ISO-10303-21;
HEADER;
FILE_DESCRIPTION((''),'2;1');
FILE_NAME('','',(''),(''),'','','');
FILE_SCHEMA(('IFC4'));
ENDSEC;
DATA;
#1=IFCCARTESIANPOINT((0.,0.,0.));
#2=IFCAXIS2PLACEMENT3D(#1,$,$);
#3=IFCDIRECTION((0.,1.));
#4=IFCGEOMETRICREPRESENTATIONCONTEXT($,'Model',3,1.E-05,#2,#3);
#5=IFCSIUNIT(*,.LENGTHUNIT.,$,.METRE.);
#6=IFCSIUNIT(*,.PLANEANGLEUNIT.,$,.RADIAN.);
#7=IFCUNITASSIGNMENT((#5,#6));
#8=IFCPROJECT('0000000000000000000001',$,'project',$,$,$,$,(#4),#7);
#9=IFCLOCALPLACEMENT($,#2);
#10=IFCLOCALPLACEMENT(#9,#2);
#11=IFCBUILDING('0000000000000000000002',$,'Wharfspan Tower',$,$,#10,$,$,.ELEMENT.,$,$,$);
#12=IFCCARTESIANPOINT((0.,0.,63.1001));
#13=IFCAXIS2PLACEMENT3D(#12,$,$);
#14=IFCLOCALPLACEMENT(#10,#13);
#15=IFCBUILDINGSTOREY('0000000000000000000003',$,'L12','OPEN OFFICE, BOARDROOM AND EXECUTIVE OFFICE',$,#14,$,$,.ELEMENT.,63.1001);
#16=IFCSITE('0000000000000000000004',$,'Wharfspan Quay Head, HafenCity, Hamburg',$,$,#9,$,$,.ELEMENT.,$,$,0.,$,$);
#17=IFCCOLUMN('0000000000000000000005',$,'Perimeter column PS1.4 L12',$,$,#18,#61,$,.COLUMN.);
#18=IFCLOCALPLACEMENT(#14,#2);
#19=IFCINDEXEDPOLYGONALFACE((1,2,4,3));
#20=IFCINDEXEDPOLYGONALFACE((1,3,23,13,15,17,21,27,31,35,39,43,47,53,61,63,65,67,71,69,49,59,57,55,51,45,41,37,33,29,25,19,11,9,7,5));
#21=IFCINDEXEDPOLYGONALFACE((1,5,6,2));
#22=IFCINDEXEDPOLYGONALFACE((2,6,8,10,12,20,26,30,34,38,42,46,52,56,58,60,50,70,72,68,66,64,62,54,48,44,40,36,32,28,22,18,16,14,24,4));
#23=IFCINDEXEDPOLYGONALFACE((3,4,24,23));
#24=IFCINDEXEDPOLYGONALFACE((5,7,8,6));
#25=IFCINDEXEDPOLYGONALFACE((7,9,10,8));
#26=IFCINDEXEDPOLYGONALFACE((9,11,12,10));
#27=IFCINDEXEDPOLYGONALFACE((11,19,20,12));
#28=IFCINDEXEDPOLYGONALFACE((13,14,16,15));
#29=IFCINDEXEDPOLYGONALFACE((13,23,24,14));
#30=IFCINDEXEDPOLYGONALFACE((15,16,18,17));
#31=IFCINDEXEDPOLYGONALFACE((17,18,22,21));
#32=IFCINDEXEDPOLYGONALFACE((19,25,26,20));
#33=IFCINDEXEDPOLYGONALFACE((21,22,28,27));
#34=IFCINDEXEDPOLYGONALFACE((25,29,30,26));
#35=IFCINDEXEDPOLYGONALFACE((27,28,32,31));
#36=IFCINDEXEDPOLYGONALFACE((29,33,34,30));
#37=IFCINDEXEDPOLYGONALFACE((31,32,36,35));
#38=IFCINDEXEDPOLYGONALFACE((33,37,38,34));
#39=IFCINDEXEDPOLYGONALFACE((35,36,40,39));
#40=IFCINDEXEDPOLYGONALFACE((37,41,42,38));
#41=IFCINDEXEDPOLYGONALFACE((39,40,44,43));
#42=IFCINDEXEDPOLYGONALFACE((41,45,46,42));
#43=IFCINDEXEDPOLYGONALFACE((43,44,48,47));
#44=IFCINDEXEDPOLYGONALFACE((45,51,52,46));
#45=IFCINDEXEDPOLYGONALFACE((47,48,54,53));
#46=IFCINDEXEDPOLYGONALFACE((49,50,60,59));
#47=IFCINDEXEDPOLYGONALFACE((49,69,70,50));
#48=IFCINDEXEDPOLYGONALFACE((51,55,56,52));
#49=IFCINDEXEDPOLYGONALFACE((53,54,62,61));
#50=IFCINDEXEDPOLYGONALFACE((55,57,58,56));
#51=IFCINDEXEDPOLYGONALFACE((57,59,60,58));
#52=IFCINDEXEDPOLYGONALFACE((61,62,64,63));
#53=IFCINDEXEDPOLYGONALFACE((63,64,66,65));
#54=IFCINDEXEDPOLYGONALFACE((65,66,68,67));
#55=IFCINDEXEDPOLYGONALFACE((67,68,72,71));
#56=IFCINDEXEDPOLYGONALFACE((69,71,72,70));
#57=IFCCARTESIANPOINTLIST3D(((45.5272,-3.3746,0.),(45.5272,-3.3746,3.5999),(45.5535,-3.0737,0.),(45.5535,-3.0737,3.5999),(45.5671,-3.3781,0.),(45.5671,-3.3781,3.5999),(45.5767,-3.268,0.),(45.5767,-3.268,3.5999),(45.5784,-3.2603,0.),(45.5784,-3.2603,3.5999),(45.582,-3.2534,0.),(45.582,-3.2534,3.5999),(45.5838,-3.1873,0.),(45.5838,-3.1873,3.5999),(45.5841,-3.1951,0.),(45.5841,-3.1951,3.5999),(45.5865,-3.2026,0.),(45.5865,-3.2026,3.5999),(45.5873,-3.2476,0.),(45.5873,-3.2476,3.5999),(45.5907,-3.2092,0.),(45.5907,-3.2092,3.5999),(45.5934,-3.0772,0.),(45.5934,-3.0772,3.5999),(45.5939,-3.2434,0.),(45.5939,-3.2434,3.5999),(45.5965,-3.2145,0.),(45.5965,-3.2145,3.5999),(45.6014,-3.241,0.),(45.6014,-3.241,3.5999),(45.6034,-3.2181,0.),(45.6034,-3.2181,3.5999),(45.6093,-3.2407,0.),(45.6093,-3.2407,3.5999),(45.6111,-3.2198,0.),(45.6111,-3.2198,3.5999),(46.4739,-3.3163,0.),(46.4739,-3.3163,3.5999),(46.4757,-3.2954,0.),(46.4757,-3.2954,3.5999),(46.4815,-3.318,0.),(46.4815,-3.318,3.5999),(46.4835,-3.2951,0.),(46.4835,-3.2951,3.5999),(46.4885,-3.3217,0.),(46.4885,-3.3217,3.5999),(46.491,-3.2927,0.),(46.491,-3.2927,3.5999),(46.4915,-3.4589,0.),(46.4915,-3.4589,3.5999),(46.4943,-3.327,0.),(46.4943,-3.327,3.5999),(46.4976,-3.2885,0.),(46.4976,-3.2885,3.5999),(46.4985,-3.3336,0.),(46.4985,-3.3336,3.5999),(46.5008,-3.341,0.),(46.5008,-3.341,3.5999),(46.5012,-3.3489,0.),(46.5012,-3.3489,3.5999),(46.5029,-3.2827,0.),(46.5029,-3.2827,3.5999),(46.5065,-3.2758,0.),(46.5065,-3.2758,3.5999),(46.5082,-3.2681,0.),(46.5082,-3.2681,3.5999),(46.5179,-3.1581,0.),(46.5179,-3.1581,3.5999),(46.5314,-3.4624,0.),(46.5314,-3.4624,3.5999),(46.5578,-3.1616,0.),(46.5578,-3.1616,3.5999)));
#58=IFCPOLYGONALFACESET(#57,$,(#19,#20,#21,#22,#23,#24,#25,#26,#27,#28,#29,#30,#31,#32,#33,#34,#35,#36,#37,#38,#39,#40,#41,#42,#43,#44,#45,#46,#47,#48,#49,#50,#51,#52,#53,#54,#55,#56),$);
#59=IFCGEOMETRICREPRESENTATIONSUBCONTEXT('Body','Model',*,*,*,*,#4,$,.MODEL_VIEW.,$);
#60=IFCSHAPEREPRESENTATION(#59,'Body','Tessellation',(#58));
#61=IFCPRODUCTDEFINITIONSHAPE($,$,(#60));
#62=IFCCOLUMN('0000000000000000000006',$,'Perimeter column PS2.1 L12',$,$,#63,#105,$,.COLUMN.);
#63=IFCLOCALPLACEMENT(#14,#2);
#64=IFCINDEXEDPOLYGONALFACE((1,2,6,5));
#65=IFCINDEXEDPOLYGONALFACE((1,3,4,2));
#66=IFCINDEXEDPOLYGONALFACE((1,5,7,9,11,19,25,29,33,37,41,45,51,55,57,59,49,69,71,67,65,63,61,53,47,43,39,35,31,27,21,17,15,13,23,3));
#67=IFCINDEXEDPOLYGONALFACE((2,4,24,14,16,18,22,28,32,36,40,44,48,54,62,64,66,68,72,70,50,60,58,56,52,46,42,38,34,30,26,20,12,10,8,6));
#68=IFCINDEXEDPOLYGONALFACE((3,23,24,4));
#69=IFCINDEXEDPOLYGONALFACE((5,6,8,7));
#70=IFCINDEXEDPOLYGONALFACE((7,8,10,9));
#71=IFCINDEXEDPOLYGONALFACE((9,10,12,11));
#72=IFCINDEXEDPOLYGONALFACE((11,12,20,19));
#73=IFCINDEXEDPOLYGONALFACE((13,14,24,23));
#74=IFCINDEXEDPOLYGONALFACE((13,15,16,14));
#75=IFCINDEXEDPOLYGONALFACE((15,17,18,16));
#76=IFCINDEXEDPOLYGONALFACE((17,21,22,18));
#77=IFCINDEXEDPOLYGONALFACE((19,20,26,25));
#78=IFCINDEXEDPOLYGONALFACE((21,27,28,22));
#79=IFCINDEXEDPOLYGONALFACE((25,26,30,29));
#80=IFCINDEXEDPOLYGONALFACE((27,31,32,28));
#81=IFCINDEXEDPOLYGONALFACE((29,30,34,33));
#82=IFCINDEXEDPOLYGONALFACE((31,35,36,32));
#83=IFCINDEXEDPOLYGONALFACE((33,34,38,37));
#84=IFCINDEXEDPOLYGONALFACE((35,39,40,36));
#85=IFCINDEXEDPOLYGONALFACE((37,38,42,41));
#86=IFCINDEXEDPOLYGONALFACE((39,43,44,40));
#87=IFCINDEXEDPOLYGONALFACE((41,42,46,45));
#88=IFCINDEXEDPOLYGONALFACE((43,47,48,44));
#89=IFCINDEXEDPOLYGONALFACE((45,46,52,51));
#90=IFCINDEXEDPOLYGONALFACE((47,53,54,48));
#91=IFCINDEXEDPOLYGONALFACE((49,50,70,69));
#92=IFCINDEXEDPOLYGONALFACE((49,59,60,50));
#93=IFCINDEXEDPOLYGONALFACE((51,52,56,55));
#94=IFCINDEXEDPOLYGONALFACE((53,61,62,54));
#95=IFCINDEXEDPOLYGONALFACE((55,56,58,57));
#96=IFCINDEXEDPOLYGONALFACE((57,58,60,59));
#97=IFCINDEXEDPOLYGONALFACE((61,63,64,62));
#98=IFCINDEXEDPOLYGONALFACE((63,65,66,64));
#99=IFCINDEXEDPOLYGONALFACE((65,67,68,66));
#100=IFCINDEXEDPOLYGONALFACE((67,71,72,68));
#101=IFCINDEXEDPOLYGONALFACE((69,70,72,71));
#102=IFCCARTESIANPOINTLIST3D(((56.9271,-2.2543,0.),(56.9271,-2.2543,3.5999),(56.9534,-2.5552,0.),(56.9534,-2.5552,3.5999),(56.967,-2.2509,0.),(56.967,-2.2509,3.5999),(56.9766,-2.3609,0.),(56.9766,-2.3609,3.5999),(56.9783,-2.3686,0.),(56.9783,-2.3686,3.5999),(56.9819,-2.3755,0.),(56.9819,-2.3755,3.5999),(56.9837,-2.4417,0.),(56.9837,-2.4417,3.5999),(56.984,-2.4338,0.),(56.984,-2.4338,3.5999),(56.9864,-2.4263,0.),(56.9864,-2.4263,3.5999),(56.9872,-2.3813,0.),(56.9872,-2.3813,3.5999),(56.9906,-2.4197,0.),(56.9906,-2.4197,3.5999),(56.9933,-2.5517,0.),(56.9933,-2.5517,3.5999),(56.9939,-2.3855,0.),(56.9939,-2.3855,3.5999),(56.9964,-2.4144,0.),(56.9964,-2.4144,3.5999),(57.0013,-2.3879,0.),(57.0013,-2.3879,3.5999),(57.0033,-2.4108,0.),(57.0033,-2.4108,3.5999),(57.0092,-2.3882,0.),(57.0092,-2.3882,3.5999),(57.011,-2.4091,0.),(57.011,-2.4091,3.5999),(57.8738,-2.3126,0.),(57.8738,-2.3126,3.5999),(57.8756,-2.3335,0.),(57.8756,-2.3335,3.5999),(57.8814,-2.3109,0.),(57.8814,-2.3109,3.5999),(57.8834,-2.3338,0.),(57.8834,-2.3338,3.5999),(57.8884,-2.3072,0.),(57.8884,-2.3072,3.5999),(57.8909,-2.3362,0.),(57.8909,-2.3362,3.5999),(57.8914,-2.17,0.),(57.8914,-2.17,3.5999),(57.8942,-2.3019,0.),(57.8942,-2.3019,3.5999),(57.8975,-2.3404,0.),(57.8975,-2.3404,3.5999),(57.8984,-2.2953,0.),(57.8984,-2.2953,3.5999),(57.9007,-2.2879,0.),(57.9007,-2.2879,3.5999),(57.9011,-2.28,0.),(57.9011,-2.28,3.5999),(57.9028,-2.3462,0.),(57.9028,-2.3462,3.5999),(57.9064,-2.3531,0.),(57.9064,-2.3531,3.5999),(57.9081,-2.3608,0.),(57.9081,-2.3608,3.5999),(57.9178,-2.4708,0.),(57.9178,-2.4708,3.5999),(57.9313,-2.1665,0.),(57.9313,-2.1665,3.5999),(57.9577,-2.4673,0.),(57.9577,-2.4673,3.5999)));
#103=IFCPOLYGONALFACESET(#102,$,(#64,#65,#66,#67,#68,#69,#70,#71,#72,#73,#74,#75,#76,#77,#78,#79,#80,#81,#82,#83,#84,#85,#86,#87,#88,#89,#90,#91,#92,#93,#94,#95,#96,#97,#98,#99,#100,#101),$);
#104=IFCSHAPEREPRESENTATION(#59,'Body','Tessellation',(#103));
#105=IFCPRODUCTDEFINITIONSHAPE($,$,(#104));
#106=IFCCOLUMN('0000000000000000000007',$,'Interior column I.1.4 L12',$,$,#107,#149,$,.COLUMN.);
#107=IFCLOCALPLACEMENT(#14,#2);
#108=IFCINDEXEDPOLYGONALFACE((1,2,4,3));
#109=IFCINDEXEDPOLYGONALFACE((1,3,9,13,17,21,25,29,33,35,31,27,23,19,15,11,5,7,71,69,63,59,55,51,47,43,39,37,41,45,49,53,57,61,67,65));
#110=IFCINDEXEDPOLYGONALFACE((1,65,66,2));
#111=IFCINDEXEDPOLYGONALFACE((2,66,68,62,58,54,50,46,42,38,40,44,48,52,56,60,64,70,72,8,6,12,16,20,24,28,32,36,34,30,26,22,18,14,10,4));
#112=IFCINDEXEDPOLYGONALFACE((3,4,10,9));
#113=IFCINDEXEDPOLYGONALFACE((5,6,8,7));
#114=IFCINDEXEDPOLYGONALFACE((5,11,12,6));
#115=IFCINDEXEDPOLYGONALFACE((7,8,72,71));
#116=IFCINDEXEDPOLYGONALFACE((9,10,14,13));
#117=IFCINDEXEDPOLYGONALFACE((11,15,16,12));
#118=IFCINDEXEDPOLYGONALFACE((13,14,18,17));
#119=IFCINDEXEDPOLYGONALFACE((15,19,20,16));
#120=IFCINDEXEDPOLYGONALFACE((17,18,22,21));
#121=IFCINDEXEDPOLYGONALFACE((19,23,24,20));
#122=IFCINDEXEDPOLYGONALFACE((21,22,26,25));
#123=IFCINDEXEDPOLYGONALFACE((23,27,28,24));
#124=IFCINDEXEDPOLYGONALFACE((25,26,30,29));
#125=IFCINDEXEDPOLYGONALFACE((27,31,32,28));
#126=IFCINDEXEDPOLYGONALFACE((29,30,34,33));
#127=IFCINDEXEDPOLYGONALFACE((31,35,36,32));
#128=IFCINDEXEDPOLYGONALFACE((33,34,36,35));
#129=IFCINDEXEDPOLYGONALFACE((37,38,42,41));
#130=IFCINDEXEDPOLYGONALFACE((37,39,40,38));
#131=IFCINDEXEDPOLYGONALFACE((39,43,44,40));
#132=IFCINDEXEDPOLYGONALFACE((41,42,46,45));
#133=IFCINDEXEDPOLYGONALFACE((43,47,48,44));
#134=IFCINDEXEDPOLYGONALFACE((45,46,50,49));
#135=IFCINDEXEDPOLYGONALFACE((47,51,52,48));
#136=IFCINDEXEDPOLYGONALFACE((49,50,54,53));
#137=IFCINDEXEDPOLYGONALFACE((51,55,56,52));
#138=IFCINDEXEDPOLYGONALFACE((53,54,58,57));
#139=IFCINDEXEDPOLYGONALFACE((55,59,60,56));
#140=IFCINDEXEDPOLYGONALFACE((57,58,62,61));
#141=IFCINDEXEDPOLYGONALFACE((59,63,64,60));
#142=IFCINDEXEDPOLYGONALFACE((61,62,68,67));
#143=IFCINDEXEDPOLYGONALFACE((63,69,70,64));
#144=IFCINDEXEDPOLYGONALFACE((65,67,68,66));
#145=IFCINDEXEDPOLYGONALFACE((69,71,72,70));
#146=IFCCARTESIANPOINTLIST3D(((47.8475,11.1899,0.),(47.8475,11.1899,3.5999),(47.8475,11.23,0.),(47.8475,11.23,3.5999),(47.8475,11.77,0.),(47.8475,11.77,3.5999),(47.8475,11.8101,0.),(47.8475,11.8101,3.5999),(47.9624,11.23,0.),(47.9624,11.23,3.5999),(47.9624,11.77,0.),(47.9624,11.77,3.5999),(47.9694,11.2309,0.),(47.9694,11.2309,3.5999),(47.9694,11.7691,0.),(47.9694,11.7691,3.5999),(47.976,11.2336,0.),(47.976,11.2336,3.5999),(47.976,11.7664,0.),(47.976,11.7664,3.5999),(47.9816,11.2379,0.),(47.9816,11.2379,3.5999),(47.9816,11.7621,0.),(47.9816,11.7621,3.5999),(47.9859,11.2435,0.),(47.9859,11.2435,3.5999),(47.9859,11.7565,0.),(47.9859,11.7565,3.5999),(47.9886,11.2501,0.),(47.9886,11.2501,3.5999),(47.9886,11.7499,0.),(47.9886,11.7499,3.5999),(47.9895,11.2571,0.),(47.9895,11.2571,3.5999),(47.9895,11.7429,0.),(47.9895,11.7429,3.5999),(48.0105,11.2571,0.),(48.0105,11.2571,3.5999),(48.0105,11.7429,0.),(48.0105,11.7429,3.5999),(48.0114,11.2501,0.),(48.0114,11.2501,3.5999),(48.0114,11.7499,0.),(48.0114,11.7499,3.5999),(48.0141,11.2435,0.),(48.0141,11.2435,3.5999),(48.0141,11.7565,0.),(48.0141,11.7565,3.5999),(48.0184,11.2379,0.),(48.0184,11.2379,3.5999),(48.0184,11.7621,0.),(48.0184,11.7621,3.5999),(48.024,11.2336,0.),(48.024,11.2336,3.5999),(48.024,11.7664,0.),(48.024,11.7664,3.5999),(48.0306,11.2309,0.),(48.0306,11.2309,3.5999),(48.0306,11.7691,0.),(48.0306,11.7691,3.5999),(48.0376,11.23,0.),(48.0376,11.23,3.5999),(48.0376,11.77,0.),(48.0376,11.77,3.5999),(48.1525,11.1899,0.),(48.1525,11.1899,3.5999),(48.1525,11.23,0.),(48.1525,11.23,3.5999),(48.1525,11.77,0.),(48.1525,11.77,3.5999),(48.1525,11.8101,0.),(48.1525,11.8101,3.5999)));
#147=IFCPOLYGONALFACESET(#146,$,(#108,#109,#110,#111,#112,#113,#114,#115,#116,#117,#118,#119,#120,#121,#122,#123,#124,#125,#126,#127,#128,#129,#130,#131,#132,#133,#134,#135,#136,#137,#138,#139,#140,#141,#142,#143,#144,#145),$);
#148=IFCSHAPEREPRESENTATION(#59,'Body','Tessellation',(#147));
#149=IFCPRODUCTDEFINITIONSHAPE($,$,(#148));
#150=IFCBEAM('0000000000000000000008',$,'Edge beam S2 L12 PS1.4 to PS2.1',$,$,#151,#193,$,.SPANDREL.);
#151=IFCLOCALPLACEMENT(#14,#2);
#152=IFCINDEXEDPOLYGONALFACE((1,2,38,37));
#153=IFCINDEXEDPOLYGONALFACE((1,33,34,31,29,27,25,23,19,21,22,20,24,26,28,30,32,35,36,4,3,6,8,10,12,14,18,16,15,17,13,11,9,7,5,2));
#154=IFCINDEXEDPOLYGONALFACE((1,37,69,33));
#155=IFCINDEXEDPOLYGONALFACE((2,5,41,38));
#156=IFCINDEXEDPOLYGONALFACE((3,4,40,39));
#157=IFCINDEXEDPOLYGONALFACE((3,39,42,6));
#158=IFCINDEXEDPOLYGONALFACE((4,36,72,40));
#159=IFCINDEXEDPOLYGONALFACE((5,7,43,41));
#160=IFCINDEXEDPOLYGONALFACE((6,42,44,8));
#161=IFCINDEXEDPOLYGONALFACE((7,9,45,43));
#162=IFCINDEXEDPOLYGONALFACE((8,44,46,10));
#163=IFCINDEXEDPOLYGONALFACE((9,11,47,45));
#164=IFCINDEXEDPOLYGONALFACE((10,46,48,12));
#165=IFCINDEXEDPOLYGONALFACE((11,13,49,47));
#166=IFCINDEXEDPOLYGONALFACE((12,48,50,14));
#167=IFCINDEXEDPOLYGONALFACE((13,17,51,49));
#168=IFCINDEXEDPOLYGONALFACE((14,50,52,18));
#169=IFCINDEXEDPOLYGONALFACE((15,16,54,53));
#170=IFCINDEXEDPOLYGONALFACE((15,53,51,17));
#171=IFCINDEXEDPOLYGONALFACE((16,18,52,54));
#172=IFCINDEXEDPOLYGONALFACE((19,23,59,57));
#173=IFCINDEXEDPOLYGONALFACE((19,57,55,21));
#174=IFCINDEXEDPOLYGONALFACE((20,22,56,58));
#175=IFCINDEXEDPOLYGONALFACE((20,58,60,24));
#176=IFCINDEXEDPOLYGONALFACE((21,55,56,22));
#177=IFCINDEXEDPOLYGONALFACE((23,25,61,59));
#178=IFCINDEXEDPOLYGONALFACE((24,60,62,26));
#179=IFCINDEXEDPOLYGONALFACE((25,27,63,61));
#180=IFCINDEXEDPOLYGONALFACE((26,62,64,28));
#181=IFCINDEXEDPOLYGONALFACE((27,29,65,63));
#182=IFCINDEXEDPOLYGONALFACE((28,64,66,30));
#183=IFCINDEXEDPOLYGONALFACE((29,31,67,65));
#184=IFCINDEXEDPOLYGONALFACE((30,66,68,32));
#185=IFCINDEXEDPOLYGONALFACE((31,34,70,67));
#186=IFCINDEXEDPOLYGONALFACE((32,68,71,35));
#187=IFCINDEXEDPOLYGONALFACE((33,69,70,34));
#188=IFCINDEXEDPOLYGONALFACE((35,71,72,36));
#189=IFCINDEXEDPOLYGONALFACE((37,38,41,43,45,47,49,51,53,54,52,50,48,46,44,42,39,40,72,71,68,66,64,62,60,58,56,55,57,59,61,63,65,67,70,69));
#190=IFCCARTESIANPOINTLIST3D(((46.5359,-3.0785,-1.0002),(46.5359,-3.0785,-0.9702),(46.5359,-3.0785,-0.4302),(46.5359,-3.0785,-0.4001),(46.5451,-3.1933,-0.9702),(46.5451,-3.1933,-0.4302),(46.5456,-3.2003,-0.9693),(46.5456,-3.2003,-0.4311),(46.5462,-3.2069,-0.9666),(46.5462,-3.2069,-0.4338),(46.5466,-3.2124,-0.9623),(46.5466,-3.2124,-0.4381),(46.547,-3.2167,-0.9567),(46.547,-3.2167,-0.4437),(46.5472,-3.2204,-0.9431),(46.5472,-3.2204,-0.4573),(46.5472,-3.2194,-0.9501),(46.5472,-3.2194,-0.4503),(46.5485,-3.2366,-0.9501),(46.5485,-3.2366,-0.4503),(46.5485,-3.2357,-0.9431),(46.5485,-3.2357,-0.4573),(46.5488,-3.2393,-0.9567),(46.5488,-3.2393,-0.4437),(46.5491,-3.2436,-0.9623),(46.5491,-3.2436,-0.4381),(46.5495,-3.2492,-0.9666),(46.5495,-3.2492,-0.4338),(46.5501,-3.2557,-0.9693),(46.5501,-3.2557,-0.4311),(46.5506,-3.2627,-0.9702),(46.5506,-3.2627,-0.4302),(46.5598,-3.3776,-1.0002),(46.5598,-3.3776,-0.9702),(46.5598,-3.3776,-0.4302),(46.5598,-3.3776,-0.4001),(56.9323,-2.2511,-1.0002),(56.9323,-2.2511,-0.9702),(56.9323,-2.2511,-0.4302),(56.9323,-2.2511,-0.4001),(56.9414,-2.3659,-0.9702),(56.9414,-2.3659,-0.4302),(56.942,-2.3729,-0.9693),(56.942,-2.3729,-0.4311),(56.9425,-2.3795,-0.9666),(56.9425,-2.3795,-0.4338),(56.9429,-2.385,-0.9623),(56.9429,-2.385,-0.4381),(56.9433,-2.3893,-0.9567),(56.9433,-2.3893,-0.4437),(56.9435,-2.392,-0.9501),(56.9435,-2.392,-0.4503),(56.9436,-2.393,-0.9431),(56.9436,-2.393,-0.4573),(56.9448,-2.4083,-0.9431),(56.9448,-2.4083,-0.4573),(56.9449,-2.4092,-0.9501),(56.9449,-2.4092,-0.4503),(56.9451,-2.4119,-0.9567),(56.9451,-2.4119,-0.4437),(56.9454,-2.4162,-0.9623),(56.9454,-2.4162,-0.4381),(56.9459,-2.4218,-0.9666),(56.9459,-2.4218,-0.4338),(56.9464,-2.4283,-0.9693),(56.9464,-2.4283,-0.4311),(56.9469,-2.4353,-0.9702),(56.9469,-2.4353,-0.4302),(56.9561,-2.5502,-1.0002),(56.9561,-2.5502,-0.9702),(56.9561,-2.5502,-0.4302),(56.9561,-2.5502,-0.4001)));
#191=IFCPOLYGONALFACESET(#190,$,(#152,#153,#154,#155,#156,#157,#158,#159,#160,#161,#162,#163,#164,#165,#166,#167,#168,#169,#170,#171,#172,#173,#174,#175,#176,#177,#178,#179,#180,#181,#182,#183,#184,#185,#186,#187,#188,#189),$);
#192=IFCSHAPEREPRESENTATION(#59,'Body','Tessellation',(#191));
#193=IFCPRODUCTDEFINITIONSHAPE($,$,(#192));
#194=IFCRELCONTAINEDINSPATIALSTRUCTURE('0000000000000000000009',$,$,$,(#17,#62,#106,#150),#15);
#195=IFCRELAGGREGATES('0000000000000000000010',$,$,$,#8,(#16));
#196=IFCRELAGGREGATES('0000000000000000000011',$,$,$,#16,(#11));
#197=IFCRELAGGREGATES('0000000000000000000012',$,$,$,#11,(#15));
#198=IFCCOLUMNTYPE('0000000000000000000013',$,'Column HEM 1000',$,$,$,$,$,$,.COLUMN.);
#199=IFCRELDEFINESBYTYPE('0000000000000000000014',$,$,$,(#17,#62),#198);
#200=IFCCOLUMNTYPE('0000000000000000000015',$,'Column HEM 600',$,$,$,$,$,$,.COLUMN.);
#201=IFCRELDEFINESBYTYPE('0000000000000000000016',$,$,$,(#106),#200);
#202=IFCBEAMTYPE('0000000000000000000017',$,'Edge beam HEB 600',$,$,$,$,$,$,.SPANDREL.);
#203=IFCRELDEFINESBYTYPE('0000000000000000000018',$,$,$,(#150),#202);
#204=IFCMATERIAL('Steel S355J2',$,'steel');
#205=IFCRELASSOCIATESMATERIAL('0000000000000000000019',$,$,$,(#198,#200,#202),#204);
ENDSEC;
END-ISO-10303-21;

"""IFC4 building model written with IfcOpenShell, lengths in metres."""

from ifc_helpers import new_model, si_unit, direction, frame, origin, origin_2d, place, context, subcontext, project, spatial, i_section, extrude, material, material_profile, profile_set, type_object, element, save


model = new_model("IFC4")

# Units and contexts
model_context = context("Model", 3, precision=1e-05, world=origin(), true_north=direction((0.0, 1.0)))
body_context = subcontext(model_context, "Body", "Model", "MODEL_VIEW")
ifc_project = project(units=[si_unit("LENGTHUNIT", "METRE"), si_unit("PLANEANGLEUNIT", "RADIAN")], contexts=[model_context])

# Site, building, storey
site_placement = place(None, origin())
site = spatial("IfcSite", under=ifc_project, at=site_placement, Name="Wharfspan Quay Head, HafenCity, Hamburg", CompositionType="ELEMENT", RefElevation=0.0)
building_placement = place(site_placement, origin())
building = spatial("IfcBuilding", under=site, at=building_placement, Name="Wharfspan Tower", CompositionType="ELEMENT")
storey_placement = place(building_placement, frame((0.0, 0.0, 63.1001)))
storey = spatial("IfcBuildingStorey", under=building, at=storey_placement, Name="L12", Description="OPEN OFFICE, BOARDROOM AND EXECUTIVE OFFICE", CompositionType="ELEMENT", Elevation=63.1001)

# Columns
ifc_material_1 = material(Name="Steel S355J2", Category="steel")
ifc_material_profile_1 = material_profile(ifc_material_1, i_section(OverallWidth=0.302, OverallDepth=1.0081, WebThickness=0.021, FlangeThickness=0.04, FilletRadius=0.03, at=origin_2d()))
ifc_profile_set_1 = profile_set([ifc_material_profile_1], Name="Steel S355J2")
column_type_1 = type_object("IfcColumnType", Name="Column HEM 1000", PredefinedType="COLUMN", material=ifc_profile_set_1)
for number, where, z_axis, x_axis, name in (
    (1, (46.0425, -3.2681, 0.0), (0.0, 0.0, 1.0), (-0.087156, -0.996198, 0.0), "Perimeter column PS1.4 L12"),
    (2, (57.4424, -2.3608, 0.0), (0.0, 0.0, 1.0), (0.087156, -0.996198, 0.0), "Perimeter column PS2.1 L12"),
):
    element("IfcColumn", number, at=place(storey_placement, frame(where, z_axis=z_axis, x_axis=x_axis)), inside=storey, type_object=column_type_1, Name=name, PredefinedType="COLUMN", context=body_context, shape_type="SweptSolid", body=[
        extrude(i_section(OverallWidth=0.302, OverallDepth=1.0081, WebThickness=0.021, FlangeThickness=0.04, FilletRadius=0.03, at=origin_2d()), origin(), (0.0, 0.0, 1.0), 3.5999),
    ])
ifc_material_profile_2 = material_profile(ifc_material_1, i_section(OverallWidth=0.3049, OverallDepth=0.6201, WebThickness=0.021, FlangeThickness=0.04, FilletRadius=0.0271, at=origin_2d()))
ifc_profile_set_2 = profile_set([ifc_material_profile_2], Name="Steel S355J2")
column_type_2 = type_object("IfcColumnType", Name="Column HEM 600", PredefinedType="COLUMN", material=ifc_profile_set_2)
column_placement = place(storey_placement, frame((48.0, 11.5, 0.0), z_axis=(0.0, 0.0, 1.0), x_axis=(1.0, 0.0, 0.0)))
element("IfcColumn", 3, at=column_placement, inside=storey, type_object=column_type_2, Name="Interior column I.1.4 L12", PredefinedType="COLUMN", context=body_context, shape_type="SweptSolid", body=[
    extrude(i_section(OverallWidth=0.3049, OverallDepth=0.6201, WebThickness=0.021, FlangeThickness=0.04, FilletRadius=0.0271, at=origin_2d()), origin(), (0.0, 0.0, 1.0), 3.5999),
])

# Beam
ifc_material_profile_3 = material_profile(ifc_material_1, i_section(OverallWidth=0.3, OverallDepth=0.6001, WebThickness=0.0154, FlangeThickness=0.03, FilletRadius=0.0271, at=origin_2d()))
ifc_profile_set_3 = profile_set([ifc_material_profile_3], Name="Steel S355J2")
beam_type = type_object("IfcBeamType", Name="Edge beam HEB 600", PredefinedType="SPANDREL", material=ifc_profile_set_3)
beam_1_placement = place(storey_placement, frame((46.5479, -3.228, -0.7002), z_axis=(0.996848, 0.079335, 0.0), x_axis=(-0.079335, 0.996848, 0.0)))
element("IfcBeam", 4, at=beam_1_placement, inside=storey, type_object=beam_type, Name="Edge beam S2 L12 PS1.4 to PS2.1", PredefinedType="SPANDREL", context=body_context, shape_type="SweptSolid", body=[
    extrude(i_section(OverallWidth=0.3, OverallDepth=0.6001, WebThickness=0.0154, FlangeThickness=0.03, FilletRadius=0.0271, at=origin_2d()), origin(), (0.0, 0.0, 1.0), 10.4292),
])

save(model, "model.ifc")
